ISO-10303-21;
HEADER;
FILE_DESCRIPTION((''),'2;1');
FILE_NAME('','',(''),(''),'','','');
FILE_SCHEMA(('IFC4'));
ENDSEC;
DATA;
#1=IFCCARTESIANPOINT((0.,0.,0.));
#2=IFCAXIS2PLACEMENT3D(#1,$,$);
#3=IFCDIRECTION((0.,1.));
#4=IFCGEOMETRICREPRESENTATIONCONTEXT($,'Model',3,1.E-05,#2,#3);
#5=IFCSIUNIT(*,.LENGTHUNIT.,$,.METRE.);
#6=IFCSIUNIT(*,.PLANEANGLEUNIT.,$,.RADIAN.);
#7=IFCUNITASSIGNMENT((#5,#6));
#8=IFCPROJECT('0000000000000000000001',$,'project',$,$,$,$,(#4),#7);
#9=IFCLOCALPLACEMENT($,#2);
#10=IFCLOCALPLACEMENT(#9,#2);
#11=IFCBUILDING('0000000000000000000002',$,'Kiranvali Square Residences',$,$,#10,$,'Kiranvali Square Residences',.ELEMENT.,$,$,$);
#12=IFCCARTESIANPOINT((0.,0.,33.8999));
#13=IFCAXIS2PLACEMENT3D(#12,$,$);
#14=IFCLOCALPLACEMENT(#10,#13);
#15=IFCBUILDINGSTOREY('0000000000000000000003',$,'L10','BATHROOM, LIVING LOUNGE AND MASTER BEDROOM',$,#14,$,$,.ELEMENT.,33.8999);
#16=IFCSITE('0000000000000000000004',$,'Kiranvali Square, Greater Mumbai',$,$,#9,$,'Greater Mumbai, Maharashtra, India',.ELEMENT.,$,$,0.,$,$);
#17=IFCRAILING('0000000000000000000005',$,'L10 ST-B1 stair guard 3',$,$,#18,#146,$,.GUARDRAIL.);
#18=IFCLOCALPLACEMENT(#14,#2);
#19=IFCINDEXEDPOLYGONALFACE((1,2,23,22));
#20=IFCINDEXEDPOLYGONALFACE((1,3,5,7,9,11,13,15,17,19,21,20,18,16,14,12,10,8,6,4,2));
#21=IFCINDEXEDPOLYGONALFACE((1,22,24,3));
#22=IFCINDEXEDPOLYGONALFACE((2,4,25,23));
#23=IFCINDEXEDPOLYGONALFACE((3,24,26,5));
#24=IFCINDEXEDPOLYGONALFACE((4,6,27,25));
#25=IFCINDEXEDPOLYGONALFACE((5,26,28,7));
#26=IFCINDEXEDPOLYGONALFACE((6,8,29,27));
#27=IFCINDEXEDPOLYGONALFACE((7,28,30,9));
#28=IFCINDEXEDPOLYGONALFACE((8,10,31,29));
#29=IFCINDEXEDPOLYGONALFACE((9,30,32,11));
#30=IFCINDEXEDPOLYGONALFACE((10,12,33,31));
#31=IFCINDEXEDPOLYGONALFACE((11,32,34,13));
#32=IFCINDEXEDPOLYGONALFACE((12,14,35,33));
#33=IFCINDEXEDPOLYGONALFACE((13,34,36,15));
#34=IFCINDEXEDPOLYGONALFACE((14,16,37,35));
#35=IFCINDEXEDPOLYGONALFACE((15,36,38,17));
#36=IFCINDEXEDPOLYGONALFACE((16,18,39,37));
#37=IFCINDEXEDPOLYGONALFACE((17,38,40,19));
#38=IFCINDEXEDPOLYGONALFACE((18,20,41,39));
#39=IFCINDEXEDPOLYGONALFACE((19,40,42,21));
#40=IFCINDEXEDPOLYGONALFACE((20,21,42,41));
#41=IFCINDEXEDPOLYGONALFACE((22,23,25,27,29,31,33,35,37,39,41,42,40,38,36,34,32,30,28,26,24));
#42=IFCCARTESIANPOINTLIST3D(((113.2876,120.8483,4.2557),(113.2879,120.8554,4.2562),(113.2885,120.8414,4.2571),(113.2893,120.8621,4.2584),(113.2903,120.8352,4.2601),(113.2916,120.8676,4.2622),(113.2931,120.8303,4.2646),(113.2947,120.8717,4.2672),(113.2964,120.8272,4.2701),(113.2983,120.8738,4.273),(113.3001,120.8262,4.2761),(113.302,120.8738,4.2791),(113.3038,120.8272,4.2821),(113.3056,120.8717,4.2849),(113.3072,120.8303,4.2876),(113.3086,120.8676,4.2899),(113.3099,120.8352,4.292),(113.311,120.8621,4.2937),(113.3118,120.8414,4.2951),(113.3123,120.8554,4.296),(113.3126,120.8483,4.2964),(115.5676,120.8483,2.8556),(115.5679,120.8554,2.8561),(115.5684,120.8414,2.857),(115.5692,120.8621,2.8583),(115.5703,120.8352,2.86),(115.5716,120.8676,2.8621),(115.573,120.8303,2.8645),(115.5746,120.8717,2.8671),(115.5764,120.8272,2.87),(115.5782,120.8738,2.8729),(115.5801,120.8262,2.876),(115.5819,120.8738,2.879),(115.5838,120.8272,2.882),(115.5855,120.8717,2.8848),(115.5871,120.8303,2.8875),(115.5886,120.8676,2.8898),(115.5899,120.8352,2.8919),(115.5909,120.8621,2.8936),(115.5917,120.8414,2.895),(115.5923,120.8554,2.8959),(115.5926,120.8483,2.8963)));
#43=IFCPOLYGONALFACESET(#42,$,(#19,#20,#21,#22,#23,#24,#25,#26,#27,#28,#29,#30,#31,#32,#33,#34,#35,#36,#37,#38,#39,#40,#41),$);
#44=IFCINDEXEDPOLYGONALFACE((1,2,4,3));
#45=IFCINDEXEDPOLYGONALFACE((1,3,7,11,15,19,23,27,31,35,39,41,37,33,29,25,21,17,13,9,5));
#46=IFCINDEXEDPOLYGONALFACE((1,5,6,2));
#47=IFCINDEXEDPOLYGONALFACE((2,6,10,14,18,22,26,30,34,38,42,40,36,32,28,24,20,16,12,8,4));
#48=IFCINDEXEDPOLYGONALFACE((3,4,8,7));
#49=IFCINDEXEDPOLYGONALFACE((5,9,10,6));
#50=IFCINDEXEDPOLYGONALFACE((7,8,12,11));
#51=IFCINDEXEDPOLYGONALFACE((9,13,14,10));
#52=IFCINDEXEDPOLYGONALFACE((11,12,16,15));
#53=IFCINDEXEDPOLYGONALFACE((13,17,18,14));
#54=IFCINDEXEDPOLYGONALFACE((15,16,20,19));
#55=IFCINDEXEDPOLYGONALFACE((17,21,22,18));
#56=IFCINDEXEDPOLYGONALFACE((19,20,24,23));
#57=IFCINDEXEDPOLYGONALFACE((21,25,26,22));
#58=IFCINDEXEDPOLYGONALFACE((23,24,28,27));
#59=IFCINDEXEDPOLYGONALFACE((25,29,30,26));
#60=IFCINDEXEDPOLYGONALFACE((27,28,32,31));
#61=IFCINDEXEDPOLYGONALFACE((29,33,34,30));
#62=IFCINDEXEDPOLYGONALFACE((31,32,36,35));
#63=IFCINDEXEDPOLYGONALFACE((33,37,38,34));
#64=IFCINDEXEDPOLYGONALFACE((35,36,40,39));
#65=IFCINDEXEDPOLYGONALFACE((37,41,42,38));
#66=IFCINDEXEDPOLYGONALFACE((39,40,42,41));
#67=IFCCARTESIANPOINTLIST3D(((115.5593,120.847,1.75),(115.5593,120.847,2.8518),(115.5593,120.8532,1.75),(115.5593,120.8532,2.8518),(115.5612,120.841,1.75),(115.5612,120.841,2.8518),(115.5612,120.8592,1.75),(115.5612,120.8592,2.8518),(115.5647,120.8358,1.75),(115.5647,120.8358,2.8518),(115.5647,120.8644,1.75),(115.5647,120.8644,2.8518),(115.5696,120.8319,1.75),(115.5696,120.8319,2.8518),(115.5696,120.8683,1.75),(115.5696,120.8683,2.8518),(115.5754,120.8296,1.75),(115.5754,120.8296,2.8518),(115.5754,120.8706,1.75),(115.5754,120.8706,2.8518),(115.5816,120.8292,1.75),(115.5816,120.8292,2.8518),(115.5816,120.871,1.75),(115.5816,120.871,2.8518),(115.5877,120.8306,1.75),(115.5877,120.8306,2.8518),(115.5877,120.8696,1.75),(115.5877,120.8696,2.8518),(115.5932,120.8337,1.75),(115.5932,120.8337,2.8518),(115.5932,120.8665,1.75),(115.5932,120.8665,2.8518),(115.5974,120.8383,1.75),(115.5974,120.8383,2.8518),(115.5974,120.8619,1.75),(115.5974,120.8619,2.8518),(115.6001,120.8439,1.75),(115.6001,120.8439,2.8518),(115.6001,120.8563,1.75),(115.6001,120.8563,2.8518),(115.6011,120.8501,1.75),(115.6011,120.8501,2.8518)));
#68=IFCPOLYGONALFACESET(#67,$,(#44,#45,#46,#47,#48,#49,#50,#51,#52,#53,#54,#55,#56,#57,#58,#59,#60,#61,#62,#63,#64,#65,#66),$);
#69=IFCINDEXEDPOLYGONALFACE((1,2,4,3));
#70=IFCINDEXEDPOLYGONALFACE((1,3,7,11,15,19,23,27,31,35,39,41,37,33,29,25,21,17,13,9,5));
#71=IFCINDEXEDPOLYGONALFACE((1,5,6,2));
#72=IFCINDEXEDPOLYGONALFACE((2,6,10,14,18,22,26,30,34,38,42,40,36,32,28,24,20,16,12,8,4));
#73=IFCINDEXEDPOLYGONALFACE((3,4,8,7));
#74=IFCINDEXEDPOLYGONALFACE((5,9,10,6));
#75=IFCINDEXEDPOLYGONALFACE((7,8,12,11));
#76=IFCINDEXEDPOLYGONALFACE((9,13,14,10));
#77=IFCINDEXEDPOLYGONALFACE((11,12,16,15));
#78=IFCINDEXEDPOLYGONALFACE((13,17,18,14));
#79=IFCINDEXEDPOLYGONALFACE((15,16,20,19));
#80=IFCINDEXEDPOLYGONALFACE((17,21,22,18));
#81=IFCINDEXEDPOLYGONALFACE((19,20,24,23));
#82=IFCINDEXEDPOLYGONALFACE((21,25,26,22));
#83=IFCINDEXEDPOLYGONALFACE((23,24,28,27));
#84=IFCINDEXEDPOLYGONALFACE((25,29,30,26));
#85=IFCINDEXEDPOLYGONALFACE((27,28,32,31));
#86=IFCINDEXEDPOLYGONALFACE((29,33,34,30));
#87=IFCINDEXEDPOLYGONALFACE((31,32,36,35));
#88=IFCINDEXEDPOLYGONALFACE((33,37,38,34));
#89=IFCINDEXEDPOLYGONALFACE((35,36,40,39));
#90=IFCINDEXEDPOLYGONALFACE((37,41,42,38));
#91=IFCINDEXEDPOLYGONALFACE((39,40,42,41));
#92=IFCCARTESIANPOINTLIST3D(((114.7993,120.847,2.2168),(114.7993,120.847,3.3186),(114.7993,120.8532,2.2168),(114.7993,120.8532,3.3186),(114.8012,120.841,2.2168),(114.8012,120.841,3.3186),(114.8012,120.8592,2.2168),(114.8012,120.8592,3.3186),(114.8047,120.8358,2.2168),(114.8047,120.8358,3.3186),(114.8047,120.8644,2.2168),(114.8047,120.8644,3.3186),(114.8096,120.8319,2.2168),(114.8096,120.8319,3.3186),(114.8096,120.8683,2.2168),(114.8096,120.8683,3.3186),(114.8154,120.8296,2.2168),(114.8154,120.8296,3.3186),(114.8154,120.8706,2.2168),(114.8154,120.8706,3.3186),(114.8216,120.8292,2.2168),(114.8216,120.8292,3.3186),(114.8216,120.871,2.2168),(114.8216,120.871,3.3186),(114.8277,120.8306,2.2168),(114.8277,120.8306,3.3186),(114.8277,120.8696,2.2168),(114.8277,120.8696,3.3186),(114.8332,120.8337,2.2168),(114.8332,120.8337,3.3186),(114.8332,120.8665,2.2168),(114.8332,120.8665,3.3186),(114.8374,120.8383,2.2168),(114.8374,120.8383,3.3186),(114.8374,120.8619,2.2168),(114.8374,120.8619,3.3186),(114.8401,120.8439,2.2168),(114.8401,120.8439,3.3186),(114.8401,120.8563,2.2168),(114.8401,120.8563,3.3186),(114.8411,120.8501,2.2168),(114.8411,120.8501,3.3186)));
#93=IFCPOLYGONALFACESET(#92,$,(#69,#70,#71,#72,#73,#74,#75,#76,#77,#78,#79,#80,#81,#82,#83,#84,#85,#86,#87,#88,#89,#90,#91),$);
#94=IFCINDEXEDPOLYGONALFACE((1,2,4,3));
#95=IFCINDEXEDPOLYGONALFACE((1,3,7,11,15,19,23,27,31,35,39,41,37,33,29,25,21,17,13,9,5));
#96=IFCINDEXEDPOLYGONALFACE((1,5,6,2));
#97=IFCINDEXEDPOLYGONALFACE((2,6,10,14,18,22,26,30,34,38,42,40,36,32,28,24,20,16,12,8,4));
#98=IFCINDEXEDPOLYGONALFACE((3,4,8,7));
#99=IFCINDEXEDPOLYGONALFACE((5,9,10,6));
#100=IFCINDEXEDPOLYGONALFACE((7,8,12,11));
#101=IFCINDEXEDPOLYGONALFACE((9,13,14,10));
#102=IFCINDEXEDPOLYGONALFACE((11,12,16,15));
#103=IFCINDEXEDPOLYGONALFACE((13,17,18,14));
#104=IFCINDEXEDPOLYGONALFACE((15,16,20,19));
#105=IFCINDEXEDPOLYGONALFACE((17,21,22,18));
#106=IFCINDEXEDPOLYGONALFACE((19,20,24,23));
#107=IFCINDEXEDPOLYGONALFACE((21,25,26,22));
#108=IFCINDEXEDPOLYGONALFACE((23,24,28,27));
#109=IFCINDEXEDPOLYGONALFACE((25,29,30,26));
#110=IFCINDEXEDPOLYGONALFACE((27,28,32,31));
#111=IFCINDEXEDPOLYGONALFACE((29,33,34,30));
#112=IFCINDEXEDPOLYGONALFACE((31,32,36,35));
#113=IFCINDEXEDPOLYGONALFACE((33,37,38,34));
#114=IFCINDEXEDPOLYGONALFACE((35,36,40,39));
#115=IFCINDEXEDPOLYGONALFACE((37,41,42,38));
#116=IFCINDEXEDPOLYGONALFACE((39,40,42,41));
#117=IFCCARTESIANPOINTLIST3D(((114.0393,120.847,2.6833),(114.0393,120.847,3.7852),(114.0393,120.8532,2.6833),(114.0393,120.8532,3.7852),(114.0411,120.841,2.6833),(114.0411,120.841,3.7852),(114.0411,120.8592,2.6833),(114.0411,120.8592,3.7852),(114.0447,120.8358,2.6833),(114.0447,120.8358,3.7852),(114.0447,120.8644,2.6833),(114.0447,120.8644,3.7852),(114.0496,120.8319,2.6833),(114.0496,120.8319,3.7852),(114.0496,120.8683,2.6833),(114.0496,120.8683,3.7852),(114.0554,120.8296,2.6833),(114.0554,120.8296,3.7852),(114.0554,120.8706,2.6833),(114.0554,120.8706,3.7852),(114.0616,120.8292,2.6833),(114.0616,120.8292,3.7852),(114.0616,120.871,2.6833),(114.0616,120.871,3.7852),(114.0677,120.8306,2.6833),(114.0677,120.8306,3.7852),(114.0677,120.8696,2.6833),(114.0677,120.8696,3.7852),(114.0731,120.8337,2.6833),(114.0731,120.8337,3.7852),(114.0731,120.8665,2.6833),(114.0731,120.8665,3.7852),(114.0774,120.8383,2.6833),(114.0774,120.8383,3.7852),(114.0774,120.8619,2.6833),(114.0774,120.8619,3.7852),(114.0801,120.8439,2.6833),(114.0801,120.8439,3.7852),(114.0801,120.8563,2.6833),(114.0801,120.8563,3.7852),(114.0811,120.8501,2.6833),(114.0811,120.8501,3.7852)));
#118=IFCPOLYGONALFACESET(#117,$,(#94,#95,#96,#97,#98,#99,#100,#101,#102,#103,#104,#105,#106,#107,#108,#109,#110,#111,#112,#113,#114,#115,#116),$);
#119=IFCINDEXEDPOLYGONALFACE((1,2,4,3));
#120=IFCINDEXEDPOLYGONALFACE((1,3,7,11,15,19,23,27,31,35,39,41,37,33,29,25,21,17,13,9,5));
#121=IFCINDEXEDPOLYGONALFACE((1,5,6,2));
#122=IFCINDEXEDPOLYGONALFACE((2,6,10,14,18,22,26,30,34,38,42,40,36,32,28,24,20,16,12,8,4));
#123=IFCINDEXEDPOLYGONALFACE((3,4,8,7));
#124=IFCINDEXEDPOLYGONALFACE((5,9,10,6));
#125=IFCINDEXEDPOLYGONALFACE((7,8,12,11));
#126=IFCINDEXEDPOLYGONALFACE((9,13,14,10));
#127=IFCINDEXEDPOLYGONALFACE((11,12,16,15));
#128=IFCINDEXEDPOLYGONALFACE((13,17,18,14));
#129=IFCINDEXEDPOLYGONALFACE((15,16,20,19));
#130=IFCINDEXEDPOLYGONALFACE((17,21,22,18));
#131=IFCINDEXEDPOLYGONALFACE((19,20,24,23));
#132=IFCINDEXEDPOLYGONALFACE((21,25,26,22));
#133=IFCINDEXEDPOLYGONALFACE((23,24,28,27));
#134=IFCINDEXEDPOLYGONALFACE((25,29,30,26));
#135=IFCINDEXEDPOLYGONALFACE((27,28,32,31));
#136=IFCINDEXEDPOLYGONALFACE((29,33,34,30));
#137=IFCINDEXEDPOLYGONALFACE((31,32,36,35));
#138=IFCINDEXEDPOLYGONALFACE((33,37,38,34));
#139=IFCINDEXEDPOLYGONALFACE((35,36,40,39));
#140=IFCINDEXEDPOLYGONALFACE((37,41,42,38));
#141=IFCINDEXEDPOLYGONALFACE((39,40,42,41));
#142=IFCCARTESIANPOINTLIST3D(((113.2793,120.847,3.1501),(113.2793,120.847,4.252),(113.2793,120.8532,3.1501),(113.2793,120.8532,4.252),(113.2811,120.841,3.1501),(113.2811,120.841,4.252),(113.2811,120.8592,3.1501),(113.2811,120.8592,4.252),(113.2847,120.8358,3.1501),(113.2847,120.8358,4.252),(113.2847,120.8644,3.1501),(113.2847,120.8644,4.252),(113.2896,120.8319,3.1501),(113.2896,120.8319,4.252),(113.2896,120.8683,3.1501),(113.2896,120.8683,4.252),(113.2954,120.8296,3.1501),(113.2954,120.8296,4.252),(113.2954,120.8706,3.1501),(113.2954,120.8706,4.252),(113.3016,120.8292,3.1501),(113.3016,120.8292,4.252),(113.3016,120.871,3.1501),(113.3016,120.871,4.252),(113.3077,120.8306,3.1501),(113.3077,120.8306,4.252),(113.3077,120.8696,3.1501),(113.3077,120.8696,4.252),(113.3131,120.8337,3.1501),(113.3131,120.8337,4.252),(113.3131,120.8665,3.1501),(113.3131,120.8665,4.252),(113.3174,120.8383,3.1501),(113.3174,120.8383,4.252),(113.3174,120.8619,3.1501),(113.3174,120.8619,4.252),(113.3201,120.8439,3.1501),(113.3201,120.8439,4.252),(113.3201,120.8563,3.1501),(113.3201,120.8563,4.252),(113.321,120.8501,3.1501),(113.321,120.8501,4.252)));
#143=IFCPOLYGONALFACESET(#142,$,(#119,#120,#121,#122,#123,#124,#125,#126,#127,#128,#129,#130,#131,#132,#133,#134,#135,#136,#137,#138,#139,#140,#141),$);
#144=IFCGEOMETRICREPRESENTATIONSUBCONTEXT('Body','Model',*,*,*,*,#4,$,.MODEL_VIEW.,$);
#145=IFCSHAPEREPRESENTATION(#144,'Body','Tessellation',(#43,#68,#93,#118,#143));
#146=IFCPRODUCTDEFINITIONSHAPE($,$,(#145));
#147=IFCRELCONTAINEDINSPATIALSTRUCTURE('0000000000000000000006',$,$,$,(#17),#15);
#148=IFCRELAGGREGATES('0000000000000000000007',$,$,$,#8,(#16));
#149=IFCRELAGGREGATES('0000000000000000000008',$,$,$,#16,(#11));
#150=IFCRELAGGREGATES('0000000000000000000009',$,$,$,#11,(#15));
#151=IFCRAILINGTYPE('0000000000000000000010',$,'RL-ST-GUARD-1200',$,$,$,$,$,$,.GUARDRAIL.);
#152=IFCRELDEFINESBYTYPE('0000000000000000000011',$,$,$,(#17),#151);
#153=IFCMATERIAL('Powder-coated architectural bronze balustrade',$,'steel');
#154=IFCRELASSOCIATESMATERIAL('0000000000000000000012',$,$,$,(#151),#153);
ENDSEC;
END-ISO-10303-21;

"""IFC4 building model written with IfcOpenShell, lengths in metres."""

from ifc_helpers import new_model, si_unit, direction, frame, origin, origin_2d, place, context, subcontext, project, spatial, circle, extrude, material, type_object, element, save


model = new_model("IFC4")

# Units and contexts
model_context = context("Model", 3, precision=1e-05, world=origin(), true_north=direction((0.0, 1.0)))
body_context = subcontext(model_context, "Body", "Model", "MODEL_VIEW")
ifc_project = project(units=[si_unit("LENGTHUNIT", "METRE"), si_unit("PLANEANGLEUNIT", "RADIAN")], contexts=[model_context])

# Site, building, storey
site_placement = place(None, origin())
site = spatial("IfcSite", under=ifc_project, at=site_placement, Name="Kiranvali Square, Greater Mumbai", LongName="Greater Mumbai, Maharashtra, India", CompositionType="ELEMENT", RefElevation=0.0)
building_placement = place(site_placement, origin())
building = spatial("IfcBuilding", under=site, at=building_placement, Name="Kiranvali Square Residences", LongName="Kiranvali Square Residences", CompositionType="ELEMENT")
storey_placement = place(building_placement, frame((0.0, 0.0, 33.8999)))
storey = spatial("IfcBuildingStorey", under=building, at=storey_placement, Name="L10", Description="BATHROOM, LIVING LOUNGE AND MASTER BEDROOM", CompositionType="ELEMENT", Elevation=33.8999)

# Railing
ifc_material_1 = material(Name="Powder-coated architectural bronze balustrade", Category="steel")
railing_type_1 = type_object("IfcRailingType", Name="RL-ST-GUARD-1200", PredefinedType="GUARDRAIL", material=ifc_material_1)
railing_1_placement = place(storey_placement, frame((115.5801, 120.8501, 1.75)))
element("IfcRailing", 1, at=railing_1_placement, inside=storey, type_object=railing_type_1, Name="L10 ST-B1 stair guard 3", PredefinedType="GUARDRAIL", context=body_context, shape_type="SweptSolid", body=[
    extrude(circle(Radius=0.0239, at=origin_2d()), frame((0.0, 0.0, 1.126), z_axis=(-0.85215, 0.0, 0.523298), x_axis=(0.0, -1.0, 0.0)), (0.0, 0.0, 1.0), 2.6755),
    extrude(circle(Radius=0.021, at=origin_2d()), origin(), (0.0, 0.0, 1.0), 1.1018),
    extrude(circle(Radius=0.021, at=origin_2d()), frame((-0.76, 0.0, 0.4668)), (0.0, 0.0, 1.0), 1.1018),
    extrude(circle(Radius=0.021, at=origin_2d()), frame((-1.52, 0.0, 0.9333)), (0.0, 0.0, 1.0), 1.1018),
    extrude(circle(Radius=0.021, at=origin_2d()), frame((-2.28, 0.0, 1.4001)), (0.0, 0.0, 1.0), 1.1018),
])

save(model, "model.ifc")
